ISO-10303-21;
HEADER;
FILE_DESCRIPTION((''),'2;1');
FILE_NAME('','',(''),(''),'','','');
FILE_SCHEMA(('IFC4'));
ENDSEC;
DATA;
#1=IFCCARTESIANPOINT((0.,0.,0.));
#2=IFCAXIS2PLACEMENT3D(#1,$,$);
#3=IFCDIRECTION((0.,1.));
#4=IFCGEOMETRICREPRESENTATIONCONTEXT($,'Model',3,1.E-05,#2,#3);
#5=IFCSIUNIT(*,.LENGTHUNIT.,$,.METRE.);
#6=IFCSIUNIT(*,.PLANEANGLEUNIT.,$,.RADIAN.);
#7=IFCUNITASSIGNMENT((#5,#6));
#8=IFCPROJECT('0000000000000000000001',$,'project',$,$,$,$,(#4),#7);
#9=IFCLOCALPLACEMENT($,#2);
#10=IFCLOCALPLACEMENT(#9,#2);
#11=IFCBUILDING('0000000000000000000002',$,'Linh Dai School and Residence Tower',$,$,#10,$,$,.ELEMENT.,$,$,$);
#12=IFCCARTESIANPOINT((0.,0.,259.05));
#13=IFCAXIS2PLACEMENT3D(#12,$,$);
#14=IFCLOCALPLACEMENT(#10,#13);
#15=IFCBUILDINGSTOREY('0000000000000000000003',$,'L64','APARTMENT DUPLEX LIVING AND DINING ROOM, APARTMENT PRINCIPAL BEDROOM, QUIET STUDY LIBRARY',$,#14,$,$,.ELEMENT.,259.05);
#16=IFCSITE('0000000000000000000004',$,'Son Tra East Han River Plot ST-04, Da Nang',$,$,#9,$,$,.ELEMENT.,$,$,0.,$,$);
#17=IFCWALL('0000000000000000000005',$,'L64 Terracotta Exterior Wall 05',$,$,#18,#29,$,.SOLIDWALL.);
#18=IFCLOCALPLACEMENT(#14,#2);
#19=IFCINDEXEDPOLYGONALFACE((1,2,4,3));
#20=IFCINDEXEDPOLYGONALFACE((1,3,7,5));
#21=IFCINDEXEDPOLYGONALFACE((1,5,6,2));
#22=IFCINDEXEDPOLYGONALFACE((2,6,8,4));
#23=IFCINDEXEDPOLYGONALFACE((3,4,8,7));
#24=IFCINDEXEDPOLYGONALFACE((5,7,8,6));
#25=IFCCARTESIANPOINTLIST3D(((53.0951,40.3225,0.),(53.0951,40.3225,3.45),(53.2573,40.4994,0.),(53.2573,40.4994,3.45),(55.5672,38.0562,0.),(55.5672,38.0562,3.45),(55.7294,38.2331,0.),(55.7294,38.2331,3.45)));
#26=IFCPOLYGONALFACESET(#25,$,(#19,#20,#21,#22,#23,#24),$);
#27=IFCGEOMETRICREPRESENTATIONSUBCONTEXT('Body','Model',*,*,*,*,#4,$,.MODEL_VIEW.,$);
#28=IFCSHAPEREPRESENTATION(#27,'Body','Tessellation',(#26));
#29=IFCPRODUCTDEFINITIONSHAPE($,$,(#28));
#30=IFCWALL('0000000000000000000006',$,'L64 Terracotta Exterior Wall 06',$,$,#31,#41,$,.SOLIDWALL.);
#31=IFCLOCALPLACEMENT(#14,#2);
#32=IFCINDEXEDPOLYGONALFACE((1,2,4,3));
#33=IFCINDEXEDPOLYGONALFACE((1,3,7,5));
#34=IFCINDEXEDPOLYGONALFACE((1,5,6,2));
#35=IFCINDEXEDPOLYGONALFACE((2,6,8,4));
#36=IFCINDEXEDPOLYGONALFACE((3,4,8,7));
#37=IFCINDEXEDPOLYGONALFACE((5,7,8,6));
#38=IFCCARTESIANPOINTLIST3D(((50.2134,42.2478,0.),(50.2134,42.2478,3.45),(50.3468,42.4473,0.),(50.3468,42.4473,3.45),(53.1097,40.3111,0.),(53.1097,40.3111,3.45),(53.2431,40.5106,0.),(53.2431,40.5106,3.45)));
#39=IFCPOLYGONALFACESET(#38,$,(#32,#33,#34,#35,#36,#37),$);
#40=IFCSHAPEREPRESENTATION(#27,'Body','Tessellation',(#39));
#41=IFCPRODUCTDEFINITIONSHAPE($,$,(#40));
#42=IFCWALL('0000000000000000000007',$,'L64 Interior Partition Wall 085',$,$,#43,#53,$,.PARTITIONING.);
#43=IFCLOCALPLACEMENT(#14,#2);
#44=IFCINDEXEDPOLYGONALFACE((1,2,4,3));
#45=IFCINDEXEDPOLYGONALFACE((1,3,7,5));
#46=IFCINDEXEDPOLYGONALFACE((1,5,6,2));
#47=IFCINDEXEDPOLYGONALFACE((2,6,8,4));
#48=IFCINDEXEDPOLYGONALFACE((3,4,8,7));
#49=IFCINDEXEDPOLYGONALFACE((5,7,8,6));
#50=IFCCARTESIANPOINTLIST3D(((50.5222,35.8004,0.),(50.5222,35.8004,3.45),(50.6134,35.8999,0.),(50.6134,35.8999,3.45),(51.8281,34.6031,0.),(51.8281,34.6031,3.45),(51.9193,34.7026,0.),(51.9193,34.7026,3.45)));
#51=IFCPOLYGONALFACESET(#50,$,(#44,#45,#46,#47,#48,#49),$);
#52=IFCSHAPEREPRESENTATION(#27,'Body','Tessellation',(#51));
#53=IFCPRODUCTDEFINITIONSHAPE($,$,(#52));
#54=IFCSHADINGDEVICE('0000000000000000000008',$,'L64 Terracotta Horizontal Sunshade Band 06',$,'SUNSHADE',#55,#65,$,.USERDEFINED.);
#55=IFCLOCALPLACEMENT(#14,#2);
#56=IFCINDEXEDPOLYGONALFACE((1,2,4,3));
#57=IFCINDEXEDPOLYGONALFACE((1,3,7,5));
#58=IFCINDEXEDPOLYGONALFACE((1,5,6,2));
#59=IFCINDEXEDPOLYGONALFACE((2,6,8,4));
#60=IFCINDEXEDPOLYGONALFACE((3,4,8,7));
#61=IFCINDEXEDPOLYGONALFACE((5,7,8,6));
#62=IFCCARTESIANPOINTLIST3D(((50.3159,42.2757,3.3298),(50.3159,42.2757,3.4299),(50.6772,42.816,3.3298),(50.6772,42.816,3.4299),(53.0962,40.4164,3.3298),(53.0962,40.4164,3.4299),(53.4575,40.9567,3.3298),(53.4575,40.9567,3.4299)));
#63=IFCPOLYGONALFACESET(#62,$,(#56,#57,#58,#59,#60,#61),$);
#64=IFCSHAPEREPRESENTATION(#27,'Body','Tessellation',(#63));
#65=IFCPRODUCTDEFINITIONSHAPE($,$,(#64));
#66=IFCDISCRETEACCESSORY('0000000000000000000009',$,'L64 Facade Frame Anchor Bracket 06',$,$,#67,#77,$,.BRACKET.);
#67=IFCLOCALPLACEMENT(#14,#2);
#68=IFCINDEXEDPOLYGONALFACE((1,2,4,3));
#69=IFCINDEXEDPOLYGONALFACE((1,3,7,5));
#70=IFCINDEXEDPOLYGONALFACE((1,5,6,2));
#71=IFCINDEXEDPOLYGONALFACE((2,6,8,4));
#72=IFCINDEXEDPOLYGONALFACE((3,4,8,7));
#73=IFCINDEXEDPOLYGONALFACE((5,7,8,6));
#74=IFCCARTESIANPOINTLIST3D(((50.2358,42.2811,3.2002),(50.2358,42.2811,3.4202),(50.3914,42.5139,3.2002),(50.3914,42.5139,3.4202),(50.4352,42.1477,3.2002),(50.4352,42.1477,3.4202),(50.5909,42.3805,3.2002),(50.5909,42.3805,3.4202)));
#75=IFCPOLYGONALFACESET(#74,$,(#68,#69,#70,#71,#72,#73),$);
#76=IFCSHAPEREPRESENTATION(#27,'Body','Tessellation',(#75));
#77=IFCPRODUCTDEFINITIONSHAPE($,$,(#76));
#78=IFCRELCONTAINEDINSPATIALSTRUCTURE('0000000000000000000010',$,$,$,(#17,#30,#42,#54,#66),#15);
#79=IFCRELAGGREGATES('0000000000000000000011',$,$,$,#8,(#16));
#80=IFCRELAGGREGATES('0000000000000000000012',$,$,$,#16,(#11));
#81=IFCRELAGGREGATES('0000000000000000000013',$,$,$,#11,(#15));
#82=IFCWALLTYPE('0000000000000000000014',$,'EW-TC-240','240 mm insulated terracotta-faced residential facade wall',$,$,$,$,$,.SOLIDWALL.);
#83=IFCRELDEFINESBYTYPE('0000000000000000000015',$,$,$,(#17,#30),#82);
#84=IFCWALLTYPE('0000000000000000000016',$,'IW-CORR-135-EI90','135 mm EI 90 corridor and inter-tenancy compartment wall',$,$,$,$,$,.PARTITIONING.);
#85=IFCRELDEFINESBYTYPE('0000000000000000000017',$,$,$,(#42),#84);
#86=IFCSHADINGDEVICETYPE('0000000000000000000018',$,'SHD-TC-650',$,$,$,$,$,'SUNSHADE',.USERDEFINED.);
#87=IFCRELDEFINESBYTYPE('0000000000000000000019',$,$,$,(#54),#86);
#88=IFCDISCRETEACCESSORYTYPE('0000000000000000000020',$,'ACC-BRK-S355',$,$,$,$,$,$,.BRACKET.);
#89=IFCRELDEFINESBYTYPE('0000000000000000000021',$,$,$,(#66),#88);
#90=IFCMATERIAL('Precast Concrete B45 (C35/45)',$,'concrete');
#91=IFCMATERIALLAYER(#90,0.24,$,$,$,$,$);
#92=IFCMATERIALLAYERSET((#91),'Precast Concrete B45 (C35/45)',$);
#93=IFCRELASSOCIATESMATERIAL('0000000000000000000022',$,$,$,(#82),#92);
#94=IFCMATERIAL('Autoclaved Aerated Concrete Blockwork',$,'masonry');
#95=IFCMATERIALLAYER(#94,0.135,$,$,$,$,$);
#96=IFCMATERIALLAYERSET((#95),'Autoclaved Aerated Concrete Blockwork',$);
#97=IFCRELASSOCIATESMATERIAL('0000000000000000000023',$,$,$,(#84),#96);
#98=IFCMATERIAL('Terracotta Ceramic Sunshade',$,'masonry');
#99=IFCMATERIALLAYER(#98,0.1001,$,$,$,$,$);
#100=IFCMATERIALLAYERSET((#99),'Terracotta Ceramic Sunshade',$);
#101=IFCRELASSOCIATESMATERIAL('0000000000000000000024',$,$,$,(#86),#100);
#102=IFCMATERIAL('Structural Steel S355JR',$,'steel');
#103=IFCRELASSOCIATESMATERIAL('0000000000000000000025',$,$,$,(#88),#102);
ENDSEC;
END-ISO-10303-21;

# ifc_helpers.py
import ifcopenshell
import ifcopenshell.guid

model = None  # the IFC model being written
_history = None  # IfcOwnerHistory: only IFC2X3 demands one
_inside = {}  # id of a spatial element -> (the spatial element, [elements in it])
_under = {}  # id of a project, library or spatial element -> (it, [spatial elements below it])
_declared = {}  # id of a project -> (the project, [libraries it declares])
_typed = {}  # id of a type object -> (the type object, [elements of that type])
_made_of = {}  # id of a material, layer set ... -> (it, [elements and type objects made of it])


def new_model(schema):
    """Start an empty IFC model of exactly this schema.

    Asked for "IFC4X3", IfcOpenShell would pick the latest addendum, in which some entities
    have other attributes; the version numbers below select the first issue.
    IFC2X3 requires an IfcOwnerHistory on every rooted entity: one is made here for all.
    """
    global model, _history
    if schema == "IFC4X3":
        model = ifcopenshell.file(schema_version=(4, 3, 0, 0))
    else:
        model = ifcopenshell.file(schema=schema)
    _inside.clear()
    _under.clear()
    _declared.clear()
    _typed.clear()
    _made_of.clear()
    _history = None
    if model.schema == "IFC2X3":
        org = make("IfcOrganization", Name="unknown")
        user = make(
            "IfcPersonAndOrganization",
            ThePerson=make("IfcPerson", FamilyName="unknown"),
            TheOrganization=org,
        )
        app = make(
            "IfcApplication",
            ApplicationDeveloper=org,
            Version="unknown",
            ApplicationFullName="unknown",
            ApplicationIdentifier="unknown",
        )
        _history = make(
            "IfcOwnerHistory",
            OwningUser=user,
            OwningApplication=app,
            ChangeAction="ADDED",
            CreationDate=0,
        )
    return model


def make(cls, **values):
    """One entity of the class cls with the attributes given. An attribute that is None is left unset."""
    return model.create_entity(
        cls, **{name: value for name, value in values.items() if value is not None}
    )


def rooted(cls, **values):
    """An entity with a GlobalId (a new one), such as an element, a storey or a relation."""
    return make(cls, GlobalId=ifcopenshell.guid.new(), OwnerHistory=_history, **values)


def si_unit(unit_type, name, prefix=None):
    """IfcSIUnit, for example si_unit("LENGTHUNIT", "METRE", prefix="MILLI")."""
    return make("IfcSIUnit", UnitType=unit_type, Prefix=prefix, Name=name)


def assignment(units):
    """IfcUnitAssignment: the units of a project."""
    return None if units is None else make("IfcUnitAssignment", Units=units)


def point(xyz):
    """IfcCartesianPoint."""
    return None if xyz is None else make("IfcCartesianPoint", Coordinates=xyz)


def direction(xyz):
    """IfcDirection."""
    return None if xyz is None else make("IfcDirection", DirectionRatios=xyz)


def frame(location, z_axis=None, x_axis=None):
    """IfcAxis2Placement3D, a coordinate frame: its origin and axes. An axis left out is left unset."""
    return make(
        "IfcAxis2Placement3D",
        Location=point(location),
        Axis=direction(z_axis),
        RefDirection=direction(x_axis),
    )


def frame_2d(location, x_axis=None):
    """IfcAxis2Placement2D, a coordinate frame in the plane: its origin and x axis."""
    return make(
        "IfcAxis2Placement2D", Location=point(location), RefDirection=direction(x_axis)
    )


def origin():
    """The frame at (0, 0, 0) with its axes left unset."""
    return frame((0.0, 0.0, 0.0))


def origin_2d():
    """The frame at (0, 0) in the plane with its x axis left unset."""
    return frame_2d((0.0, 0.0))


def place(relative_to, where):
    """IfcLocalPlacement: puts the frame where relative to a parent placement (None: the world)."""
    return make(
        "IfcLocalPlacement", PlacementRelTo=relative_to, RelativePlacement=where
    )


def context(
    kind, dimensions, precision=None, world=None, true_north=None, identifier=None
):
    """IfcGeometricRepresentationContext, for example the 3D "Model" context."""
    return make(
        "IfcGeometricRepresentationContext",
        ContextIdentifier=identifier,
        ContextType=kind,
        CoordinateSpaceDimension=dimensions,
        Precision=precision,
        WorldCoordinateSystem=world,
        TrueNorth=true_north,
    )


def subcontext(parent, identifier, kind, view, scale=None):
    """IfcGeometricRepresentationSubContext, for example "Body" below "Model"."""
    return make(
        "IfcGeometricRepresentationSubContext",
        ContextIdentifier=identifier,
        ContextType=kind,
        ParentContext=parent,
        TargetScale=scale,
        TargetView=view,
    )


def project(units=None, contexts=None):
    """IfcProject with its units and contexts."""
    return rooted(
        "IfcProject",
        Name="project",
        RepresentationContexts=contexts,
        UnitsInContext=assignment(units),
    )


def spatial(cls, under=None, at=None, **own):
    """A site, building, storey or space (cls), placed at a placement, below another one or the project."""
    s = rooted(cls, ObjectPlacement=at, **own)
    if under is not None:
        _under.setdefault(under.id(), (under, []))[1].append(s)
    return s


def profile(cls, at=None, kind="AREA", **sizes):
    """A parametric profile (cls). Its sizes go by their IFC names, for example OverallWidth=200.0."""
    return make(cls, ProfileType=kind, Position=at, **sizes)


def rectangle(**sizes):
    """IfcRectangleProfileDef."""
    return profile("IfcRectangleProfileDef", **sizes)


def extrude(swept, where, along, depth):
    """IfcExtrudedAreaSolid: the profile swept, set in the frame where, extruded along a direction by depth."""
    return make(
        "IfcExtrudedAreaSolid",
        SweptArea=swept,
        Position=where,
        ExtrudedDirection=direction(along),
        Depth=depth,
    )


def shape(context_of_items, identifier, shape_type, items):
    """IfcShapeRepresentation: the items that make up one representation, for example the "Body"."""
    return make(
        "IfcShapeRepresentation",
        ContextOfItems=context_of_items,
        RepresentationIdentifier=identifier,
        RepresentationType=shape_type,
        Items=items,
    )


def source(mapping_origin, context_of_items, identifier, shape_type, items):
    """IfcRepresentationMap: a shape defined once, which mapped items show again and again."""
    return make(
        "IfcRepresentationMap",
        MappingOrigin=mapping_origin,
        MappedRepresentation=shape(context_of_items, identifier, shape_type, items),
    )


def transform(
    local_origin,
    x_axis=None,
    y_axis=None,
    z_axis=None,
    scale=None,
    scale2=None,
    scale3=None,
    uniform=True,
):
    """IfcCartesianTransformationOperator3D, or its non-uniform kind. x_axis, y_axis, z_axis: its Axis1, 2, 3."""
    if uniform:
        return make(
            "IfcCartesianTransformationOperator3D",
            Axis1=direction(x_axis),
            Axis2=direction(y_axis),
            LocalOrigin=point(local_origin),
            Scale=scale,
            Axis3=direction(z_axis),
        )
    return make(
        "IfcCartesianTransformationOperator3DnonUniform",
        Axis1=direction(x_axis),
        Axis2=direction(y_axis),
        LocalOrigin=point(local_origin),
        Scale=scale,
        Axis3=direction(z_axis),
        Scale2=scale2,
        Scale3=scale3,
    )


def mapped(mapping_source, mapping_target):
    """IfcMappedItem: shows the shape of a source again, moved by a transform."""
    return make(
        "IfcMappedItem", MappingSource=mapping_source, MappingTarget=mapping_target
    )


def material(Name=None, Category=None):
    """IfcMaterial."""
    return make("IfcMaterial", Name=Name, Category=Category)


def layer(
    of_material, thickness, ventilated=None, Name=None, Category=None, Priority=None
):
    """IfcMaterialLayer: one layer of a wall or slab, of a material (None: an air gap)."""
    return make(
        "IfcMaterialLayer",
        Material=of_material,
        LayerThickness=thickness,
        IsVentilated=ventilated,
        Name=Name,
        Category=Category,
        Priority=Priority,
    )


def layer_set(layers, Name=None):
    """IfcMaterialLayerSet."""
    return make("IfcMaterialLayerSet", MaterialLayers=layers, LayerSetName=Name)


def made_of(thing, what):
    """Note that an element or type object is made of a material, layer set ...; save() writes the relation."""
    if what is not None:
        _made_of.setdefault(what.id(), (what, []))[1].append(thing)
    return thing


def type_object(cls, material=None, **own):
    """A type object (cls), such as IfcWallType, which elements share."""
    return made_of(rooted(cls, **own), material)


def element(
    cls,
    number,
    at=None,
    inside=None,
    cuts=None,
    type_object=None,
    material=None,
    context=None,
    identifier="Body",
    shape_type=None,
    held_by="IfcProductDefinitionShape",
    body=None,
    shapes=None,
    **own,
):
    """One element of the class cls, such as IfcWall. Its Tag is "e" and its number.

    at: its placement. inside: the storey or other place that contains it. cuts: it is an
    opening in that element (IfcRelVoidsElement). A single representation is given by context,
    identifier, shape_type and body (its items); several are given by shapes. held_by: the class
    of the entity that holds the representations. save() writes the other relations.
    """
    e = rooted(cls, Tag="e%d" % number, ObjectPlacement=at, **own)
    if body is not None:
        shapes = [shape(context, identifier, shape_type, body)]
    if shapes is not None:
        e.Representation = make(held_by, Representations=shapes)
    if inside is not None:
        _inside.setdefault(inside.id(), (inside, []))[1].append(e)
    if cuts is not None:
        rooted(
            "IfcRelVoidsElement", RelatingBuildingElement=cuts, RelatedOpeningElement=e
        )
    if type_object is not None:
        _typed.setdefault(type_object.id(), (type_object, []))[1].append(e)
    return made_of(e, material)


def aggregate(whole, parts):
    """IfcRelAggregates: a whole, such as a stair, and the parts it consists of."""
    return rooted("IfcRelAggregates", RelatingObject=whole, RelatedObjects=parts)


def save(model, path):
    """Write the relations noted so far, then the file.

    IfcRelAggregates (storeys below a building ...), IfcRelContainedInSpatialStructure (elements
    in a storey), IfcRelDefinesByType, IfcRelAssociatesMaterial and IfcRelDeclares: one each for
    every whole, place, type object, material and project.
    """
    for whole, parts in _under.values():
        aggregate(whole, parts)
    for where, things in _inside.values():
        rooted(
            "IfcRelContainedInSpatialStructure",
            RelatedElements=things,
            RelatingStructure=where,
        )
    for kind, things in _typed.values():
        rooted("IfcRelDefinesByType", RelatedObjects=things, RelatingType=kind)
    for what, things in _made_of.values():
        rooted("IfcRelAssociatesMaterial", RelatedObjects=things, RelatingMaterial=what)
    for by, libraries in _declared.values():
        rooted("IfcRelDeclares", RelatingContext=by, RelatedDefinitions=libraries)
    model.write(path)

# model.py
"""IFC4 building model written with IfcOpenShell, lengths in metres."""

from ifc_helpers import new_model, si_unit, direction, frame, frame_2d, origin, origin_2d, place, context, subcontext, project, spatial, rectangle, extrude, source, transform, mapped, material, layer, layer_set, type_object, element, save


model = new_model("IFC4")

# Units and contexts
model_context = context("Model", 3, precision=1e-05, world=origin(), true_north=direction((0.0, 1.0)))
body_context = subcontext(model_context, "Body", "Model", "MODEL_VIEW")
ifc_project = project(units=[si_unit("LENGTHUNIT", "METRE"), si_unit("PLANEANGLEUNIT", "RADIAN")], contexts=[model_context])

# Site, building, storey
site_placement = place(None, origin())
site = spatial("IfcSite", under=ifc_project, at=site_placement, Name="Son Tra East Han River Plot ST-04, Da Nang", CompositionType="ELEMENT", RefElevation=0.0)
building_placement = place(site_placement, origin())
building = spatial("IfcBuilding", under=site, at=building_placement, Name="Linh Dai School and Residence Tower", CompositionType="ELEMENT")
storey_placement = place(building_placement, frame((0.0, 0.0, 259.05)))
storey = spatial("IfcBuildingStorey", under=building, at=storey_placement, Name="L64", Description="APARTMENT DUPLEX LIVING AND DINING ROOM, APARTMENT PRINCIPAL BEDROOM, QUIET STUDY LIBRARY", CompositionType="ELEMENT", Elevation=259.05)

# Shared definitions
ifc_material_1 = material(Name="Structural Steel S355JR", Category="steel")

# Shared definitions
ifc_material_2 = material(Name="Precast Concrete B45 (C35/45)", Category="concrete")

# Shared definitions
ifc_layer_1 = layer(ifc_material_2, 0.24)
ifc_layer_set_1 = layer_set([ifc_layer_1], Name="Precast Concrete B45 (C35/45)")
wall_type_1 = type_object("IfcWallType", Name="EW-TC-240", Description="240 mm insulated terracotta-faced residential facade wall", PredefinedType="SOLIDWALL", material=ifc_layer_set_1)

# Walls
wall_1_placement = place(storey_placement, frame((53.1763, 40.4109, 0.0), z_axis=(0.0, 0.0, 1.0), x_axis=(0.737124, -0.675758, 0.0)))
element("IfcWall", 1, at=wall_1_placement, inside=storey, type_object=wall_type_1, Name="L64 Terracotta Exterior Wall 05", PredefinedType="SOLIDWALL", context=body_context, shape_type="SweptSolid", body=[
    extrude(rectangle(XDim=3.3538, YDim=0.24, at=frame_2d((1.6768, 0.0))), origin(), (0.0, 0.0, 1.0), 3.45),
])
wall_2_placement = place(storey_placement, frame((50.28, 42.3477, 0.0), z_axis=(0.0, 0.0, 1.0), x_axis=(0.831262, -0.55588, 0.0)))
element("IfcWall", 2, at=wall_2_placement, inside=storey, type_object=wall_type_1, Name="L64 Terracotta Exterior Wall 06", PredefinedType="SOLIDWALL", context=body_context, shape_type="SweptSolid", body=[
    extrude(rectangle(XDim=3.4841, YDim=0.24, at=frame_2d((1.7422, 0.0))), origin(), (0.0, 0.0, 1.0), 3.45),
])
ifc_material_3 = material(Name="Autoclaved Aerated Concrete Blockwork", Category="masonry")
ifc_layer_2 = layer(ifc_material_3, 0.135)
ifc_layer_set_2 = layer_set([ifc_layer_2], Name="Autoclaved Aerated Concrete Blockwork")
wall_type_2 = type_object("IfcWallType", Name="IW-CORR-135-EI90", Description="135 mm EI 90 corridor and inter-tenancy compartment wall", PredefinedType="PARTITIONING", material=ifc_layer_set_2)
wall_3_placement = place(storey_placement, frame((50.5679, 35.8501, 0.0), z_axis=(0.0, 0.0, 1.0), x_axis=(0.737103, -0.675781, 0.0)))
element("IfcWall", 3, at=wall_3_placement, inside=storey, type_object=wall_type_2, Name="L64 Interior Partition Wall 085", PredefinedType="PARTITIONING", context=body_context, shape_type="SweptSolid", body=[
    extrude(rectangle(XDim=1.7717, YDim=0.135, at=frame_2d((0.8857, 0.0))), origin(), (0.0, 0.0, 1.0), 3.45),
])

# Shading device
ifc_material_4 = material(Name="Terracotta Ceramic Sunshade", Category="masonry")
ifc_layer_3 = layer(ifc_material_4, 0.1001)
ifc_layer_set_3 = layer_set([ifc_layer_3], Name="Terracotta Ceramic Sunshade")
shading_device_type = type_object("IfcShadingDeviceType", Name="SHD-TC-650", ElementType="SUNSHADE", PredefinedType="USERDEFINED", material=ifc_layer_set_3)
shared_shape_1 = source(origin(), body_context, "Body", "SweptSolid", [
    extrude(rectangle(XDim=3.3447, YDim=0.6499, at=origin_2d()), origin(), (0.0, 0.0, 1.0), 0.1001),
])
shading_device_placement = place(storey_placement, frame((51.8867, 41.6162, 3.3298), z_axis=(0.0, 0.0, 1.0), x_axis=(0.831258, -0.555887, 0.0)))
element("IfcShadingDevice", 4, at=shading_device_placement, inside=storey, type_object=shading_device_type, Name="L64 Terracotta Horizontal Sunshade Band 06", ObjectType="SUNSHADE", PredefinedType="USERDEFINED", context=body_context, shape_type="MappedRepresentation", body=[
    mapped(shared_shape_1, transform((0.0, 0.0, 0.0), x_axis=(1.0, 0.0, 0.0), y_axis=(0.0, 1.0, 0.0), z_axis=(0.0, 0.0, 1.0), scale=1.0)),
])

# Discrete accessory
discrete_accessory_type = type_object("IfcDiscreteAccessoryType", Name="ACC-BRK-S355", PredefinedType="BRACKET", material=ifc_material_1)
shared_shape_2 = source(origin(), body_context, "Body", "SweptSolid", [
    extrude(rectangle(XDim=0.28, YDim=0.24, at=origin_2d()), origin(), (0.0, 0.0, 1.0), 0.22),
])
discrete_accessory_placement = place(storey_placement, frame((50.4133, 42.3308, 3.2002), z_axis=(0.0, 0.0, 1.0), x_axis=(0.555887, 0.831258, 0.0)))
element("IfcDiscreteAccessory", 5, at=discrete_accessory_placement, inside=storey, type_object=discrete_accessory_type, Name="L64 Facade Frame Anchor Bracket 06", PredefinedType="BRACKET", context=body_context, shape_type="MappedRepresentation", body=[
    mapped(shared_shape_2, transform((0.0, 0.0, 0.0), x_axis=(1.0, 0.0, 0.0), y_axis=(0.0, 1.0, 0.0), z_axis=(0.0, 0.0, 1.0), scale=1.0)),
])

save(model, "model.ifc")
